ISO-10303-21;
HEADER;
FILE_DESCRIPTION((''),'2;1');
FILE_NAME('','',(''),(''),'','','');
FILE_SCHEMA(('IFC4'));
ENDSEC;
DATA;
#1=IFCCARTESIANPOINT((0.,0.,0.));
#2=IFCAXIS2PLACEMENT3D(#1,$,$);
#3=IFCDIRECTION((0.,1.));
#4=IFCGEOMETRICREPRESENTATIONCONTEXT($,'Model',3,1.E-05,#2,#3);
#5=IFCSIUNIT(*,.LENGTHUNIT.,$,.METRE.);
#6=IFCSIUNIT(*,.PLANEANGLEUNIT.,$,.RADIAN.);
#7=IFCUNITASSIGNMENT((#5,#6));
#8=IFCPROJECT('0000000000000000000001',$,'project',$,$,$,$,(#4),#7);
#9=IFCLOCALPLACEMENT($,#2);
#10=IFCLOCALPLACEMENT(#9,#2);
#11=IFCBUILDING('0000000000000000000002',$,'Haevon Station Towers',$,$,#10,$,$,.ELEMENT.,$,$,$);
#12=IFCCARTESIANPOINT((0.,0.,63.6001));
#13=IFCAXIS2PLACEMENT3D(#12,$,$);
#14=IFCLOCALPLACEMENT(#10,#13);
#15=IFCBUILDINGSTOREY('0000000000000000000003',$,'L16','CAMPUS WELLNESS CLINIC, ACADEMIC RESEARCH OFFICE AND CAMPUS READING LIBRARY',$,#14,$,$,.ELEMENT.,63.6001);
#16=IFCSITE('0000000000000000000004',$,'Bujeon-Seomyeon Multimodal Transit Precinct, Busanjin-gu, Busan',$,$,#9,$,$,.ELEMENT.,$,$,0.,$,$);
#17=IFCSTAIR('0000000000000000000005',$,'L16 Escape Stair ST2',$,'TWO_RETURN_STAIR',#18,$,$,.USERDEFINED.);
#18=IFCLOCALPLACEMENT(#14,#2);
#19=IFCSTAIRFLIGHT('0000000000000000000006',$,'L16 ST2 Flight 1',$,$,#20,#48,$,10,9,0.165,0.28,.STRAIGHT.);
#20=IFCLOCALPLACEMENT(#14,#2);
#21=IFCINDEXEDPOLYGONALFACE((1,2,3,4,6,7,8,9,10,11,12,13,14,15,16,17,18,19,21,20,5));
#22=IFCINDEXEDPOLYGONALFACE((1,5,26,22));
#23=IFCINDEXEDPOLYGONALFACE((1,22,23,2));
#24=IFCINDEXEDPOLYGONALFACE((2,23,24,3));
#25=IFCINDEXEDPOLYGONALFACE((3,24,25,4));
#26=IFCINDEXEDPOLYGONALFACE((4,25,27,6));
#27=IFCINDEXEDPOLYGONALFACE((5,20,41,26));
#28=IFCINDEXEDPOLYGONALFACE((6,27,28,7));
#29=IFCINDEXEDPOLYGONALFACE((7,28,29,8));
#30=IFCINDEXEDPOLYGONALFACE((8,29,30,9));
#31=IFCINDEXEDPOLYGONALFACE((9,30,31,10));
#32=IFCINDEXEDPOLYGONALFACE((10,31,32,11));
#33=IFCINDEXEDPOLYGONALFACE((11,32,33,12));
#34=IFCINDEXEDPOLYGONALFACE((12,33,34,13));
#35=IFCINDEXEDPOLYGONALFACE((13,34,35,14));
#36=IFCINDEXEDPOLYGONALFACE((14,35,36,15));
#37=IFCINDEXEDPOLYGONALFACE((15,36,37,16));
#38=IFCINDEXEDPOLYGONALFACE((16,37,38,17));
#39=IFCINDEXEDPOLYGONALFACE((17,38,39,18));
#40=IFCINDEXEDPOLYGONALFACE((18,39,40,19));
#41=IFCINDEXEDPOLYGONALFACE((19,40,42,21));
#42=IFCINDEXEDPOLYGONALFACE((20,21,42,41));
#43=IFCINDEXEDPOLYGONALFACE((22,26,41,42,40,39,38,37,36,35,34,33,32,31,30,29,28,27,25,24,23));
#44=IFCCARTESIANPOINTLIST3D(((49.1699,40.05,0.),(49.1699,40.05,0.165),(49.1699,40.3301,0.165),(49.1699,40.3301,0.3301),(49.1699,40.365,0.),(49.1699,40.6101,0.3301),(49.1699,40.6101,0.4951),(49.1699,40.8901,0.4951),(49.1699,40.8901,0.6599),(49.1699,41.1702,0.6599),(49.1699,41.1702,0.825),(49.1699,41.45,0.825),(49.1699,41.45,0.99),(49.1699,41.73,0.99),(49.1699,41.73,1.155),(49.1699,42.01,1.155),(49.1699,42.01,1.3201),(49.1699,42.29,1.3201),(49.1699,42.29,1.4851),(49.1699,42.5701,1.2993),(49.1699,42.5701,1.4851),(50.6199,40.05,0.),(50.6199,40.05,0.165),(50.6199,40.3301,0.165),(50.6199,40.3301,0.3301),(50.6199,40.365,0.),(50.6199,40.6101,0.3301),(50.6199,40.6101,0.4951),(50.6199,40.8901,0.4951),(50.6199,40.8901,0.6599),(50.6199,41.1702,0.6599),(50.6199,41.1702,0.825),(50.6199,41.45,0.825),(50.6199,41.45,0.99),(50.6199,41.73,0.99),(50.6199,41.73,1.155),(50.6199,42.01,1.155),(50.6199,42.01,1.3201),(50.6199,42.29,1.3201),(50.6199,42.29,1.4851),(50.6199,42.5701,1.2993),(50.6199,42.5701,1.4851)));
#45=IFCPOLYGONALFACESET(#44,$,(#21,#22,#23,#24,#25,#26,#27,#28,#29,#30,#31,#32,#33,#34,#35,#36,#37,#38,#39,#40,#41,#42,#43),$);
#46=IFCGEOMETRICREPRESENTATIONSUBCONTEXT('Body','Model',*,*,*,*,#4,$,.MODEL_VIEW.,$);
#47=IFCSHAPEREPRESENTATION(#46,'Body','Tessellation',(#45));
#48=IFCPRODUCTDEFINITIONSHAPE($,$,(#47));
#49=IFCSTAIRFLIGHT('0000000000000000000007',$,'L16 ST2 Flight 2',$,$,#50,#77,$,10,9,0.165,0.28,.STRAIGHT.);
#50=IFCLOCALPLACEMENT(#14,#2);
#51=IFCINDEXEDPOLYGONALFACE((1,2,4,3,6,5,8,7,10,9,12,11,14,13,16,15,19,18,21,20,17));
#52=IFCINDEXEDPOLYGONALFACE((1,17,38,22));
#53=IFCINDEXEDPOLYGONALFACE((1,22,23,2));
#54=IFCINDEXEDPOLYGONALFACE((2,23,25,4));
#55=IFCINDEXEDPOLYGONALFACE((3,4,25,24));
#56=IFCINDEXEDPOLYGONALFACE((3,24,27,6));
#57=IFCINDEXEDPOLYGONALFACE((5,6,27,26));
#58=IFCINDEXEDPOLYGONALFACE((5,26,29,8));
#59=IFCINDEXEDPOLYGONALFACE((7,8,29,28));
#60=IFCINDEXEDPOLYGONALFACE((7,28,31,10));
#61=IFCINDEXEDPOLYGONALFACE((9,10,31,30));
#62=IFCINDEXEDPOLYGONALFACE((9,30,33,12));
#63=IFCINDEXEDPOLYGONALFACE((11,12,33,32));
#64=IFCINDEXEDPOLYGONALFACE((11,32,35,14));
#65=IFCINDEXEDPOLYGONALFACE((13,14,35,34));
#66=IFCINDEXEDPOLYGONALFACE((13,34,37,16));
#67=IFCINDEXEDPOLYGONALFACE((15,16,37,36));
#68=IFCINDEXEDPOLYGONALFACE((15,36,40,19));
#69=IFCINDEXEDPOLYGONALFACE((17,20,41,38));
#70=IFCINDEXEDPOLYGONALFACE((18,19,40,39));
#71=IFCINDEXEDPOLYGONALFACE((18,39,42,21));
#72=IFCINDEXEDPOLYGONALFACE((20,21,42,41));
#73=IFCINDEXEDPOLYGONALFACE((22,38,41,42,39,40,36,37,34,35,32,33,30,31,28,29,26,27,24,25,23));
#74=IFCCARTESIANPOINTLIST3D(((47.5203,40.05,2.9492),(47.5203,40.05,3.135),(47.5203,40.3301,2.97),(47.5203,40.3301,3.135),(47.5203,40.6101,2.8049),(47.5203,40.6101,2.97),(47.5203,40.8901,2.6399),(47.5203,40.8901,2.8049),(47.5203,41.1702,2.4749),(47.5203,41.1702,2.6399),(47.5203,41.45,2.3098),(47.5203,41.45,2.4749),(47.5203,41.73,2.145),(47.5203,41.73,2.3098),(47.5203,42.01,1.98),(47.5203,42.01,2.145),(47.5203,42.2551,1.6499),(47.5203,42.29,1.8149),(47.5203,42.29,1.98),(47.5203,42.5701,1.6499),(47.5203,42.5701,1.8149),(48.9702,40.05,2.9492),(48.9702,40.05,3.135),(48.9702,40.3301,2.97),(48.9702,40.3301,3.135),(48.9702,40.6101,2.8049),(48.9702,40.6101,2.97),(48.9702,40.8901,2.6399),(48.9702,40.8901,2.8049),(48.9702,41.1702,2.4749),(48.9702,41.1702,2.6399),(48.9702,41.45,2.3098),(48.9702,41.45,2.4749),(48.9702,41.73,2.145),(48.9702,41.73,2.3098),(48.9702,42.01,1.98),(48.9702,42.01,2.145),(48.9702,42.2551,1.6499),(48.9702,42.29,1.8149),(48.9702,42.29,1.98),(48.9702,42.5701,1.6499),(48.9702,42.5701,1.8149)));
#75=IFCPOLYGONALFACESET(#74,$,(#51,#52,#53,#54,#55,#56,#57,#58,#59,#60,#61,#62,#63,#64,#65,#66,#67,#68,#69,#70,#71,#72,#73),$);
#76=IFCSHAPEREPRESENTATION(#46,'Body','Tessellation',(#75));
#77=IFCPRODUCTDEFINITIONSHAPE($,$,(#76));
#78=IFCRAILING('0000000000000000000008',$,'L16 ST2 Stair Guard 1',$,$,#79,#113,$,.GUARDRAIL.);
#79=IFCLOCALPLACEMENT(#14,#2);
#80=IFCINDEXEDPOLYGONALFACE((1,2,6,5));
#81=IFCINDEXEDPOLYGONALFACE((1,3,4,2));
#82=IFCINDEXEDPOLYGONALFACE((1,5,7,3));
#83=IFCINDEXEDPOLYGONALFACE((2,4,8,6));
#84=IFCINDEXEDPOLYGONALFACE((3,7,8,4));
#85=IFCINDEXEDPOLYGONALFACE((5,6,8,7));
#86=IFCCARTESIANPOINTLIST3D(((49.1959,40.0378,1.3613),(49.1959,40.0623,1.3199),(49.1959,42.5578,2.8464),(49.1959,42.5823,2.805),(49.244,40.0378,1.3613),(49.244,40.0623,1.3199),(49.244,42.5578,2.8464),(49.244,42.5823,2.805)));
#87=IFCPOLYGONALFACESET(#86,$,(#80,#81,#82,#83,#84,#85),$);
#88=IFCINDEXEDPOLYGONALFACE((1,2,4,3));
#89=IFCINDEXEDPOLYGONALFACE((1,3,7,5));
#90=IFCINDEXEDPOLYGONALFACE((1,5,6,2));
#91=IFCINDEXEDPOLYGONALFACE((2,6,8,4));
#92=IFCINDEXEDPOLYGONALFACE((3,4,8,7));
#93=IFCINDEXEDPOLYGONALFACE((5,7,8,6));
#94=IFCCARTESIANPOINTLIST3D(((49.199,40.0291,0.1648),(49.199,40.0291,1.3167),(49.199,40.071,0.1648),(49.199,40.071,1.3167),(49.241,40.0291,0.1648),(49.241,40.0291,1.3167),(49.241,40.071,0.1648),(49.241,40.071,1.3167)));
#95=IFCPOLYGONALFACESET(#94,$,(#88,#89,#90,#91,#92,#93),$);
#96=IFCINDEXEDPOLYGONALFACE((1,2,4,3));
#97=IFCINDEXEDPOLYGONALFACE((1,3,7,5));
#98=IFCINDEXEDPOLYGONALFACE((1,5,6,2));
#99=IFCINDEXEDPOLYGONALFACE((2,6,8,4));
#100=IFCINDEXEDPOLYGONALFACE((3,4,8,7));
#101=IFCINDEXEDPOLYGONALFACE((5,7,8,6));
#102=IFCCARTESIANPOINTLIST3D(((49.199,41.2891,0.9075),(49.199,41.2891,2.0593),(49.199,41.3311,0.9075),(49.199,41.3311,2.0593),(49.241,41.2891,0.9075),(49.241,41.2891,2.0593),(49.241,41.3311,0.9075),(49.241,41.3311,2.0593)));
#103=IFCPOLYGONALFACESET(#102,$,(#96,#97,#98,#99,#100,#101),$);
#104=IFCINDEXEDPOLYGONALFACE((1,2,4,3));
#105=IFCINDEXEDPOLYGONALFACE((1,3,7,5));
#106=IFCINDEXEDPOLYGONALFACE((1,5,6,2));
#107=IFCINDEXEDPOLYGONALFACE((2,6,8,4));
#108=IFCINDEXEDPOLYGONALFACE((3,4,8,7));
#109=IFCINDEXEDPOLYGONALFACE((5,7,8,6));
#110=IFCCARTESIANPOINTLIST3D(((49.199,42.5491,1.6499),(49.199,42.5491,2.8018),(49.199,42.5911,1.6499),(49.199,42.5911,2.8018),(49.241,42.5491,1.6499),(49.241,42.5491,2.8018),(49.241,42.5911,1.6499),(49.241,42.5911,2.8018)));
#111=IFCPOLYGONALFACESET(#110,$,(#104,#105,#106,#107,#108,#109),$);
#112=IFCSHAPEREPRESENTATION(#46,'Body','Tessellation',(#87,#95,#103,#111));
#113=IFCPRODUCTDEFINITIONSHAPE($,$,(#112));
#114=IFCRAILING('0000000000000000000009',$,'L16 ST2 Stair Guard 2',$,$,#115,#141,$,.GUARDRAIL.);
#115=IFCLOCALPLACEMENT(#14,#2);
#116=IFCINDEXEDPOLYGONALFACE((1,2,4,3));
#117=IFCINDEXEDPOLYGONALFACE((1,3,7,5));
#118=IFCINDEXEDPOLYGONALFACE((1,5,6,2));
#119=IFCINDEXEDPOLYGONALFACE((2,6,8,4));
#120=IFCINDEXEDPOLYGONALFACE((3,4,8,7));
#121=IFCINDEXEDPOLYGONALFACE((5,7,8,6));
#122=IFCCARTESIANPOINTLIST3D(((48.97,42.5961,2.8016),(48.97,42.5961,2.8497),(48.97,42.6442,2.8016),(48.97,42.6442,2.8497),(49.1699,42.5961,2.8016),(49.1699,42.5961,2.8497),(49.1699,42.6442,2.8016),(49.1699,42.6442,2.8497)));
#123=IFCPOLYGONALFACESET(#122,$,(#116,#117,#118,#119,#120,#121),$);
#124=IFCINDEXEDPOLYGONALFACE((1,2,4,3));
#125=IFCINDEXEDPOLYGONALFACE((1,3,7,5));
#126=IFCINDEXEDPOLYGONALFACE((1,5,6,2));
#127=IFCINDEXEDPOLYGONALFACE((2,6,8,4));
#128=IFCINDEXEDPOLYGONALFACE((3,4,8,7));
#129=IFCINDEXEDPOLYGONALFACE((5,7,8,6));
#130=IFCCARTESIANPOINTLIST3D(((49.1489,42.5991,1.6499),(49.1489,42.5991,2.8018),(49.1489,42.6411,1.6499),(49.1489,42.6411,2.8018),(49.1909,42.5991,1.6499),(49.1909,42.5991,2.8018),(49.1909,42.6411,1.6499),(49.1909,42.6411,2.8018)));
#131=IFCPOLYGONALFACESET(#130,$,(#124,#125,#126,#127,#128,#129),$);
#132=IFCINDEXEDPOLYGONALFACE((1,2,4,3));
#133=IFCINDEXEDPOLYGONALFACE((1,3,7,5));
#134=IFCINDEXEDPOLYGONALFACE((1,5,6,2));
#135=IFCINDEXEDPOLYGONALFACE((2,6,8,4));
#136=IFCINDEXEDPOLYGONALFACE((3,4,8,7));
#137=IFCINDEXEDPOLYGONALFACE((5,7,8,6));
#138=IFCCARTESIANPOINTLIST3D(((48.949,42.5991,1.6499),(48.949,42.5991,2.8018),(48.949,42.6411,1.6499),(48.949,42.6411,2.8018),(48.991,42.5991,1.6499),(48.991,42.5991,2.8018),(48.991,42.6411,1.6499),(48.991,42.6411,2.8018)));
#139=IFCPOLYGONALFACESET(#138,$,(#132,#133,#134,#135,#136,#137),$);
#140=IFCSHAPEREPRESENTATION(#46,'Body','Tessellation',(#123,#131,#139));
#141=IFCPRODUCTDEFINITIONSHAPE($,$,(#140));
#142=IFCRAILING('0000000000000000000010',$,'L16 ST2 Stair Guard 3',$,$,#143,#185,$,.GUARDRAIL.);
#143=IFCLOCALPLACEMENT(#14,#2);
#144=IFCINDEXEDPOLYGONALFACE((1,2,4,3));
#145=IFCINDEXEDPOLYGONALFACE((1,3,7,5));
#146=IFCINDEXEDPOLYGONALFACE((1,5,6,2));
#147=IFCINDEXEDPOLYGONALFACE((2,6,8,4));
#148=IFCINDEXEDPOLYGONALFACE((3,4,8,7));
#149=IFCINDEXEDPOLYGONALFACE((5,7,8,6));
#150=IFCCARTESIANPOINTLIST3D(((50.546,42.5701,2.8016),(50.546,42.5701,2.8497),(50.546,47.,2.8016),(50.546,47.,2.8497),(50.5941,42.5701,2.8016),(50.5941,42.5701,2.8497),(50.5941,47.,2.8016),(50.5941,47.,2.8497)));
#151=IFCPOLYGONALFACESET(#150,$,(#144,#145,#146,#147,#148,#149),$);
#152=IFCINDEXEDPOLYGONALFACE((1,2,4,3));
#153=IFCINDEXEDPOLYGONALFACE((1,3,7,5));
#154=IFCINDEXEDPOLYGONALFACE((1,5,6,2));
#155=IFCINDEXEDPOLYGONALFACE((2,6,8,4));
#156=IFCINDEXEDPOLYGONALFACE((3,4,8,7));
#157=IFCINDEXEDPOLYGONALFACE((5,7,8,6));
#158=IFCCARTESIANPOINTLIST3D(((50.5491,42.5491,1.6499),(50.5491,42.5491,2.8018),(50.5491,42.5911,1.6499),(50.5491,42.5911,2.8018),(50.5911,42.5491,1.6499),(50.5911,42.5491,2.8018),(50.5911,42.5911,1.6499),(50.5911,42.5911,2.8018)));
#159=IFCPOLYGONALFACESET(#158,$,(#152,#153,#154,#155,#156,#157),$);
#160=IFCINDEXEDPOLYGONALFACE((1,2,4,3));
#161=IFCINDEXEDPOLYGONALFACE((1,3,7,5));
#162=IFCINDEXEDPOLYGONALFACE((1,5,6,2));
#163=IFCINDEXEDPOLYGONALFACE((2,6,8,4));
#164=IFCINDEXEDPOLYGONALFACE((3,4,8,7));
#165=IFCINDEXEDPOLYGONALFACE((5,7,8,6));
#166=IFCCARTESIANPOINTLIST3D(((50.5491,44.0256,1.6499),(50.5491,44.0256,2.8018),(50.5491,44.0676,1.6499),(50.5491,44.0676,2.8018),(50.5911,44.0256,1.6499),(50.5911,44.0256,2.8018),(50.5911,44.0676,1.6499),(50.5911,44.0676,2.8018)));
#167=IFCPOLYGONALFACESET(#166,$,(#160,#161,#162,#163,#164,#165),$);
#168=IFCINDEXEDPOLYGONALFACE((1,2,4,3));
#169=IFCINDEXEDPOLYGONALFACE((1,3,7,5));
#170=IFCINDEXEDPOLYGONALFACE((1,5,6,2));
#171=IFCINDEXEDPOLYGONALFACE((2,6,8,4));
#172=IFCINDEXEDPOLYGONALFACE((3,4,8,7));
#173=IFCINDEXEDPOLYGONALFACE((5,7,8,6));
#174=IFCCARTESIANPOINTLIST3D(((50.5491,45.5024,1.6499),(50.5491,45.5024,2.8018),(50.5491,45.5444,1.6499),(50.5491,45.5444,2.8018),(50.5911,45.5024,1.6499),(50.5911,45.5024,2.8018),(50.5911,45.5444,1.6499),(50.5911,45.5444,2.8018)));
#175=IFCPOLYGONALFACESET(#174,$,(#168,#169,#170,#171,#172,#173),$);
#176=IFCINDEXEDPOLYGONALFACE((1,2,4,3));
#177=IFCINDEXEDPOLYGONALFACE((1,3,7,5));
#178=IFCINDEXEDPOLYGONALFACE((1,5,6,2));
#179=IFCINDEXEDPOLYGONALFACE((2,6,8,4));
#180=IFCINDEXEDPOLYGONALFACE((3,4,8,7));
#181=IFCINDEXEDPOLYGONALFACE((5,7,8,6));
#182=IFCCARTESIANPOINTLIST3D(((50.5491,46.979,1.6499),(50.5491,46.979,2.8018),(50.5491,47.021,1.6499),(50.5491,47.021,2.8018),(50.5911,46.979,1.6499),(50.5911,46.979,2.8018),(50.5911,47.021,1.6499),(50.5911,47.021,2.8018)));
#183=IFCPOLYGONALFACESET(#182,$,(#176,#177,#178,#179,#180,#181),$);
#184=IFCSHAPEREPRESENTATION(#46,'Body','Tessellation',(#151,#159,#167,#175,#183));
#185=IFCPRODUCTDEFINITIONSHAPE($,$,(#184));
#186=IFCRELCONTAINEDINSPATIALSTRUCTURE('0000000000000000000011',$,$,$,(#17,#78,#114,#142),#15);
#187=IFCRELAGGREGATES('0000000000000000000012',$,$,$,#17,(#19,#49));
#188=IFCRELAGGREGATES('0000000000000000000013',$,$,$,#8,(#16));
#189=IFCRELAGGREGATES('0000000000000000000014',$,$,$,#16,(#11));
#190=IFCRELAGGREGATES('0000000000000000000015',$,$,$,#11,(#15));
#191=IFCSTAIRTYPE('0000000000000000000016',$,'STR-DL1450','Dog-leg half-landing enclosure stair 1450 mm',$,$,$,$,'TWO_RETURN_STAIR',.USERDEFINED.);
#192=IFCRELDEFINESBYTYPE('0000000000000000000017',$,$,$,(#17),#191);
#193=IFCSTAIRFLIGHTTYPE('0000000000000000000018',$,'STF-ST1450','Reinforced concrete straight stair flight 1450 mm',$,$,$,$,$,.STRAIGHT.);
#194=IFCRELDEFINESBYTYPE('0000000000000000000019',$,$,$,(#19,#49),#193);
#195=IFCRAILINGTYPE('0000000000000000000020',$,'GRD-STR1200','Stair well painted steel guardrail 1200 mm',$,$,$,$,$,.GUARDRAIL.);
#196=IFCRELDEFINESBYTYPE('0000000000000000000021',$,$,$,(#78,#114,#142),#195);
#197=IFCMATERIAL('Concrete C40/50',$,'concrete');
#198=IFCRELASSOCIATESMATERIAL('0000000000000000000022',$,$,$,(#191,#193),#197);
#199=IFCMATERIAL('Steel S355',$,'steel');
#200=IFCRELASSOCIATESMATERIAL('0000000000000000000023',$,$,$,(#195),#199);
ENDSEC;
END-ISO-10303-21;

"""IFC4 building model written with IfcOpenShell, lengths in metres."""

from ifc_helpers import new_model, si_unit, direction, frame, origin, origin_2d, place, context, subcontext, project, spatial, polyline, rectangle, outline, extrude, material, type_object, element, aggregate, save


model = new_model("IFC4")

# Units and contexts
model_context = context("Model", 3, precision=1e-05, world=origin(), true_north=direction((0.0, 1.0)))
body_context = subcontext(model_context, "Body", "Model", "MODEL_VIEW")
ifc_project = project(units=[si_unit("LENGTHUNIT", "METRE"), si_unit("PLANEANGLEUNIT", "RADIAN")], contexts=[model_context])

# Site, building, storey
site_placement = place(None, origin())
site = spatial("IfcSite", under=ifc_project, at=site_placement, Name="Bujeon-Seomyeon Multimodal Transit Precinct, Busanjin-gu, Busan", CompositionType="ELEMENT", RefElevation=0.0)
building_placement = place(site_placement, origin())
building = spatial("IfcBuilding", under=site, at=building_placement, Name="Haevon Station Towers", CompositionType="ELEMENT")
storey_placement = place(building_placement, frame((0.0, 0.0, 63.6001)))
storey = spatial("IfcBuildingStorey", under=building, at=storey_placement, Name="L16", Description="CAMPUS WELLNESS CLINIC, ACADEMIC RESEARCH OFFICE AND CAMPUS READING LIBRARY", CompositionType="ELEMENT", Elevation=63.6001)

# Shared definitions
ifc_material_1 = material(Name="Steel S355", Category="steel")

# Shared definitions
ifc_material_2 = material(Name="Concrete C40/50", Category="concrete")

# Stair, stair flights
stair_type = type_object("IfcStairType", Name="STR-DL1450", Description="Dog-leg half-landing enclosure stair 1450 mm", ElementType="TWO_RETURN_STAIR", PredefinedType="USERDEFINED", material=ifc_material_2)
stair_placement = place(storey_placement, origin())
stair = element("IfcStair", 1, at=stair_placement, inside=storey, type_object=stair_type, Name="L16 Escape Stair ST2", ObjectType="TWO_RETURN_STAIR", PredefinedType="USERDEFINED")
stair_flight_type = type_object("IfcStairFlightType", Name="STF-ST1450", Description="Reinforced concrete straight stair flight 1450 mm", PredefinedType="STRAIGHT", material=ifc_material_2)
stair_flight_1_placement = place(storey_placement, frame((49.895, 40.05, 0.0), z_axis=(0.0, 0.0, 1.0), x_axis=(0.0, 1.0, 0.0)))
stair_flight_1 = element("IfcStairFlight", 2, at=stair_flight_1_placement, type_object=stair_flight_type, Name="L16 ST2 Flight 1", NumberOfRisers=10, NumberOfTreads=9, PredefinedType="STRAIGHT", RiserHeight=0.165, TreadLength=0.28, context=body_context, shape_type="SweptSolid", body=[
    extrude(outline(polyline([(0.0, 0.0), (0.0, 0.165), (0.28, 0.165), (0.28, 0.3301), (0.5601, 0.3301), (0.5601, 0.4951), (0.8401, 0.4951), (0.8401, 0.6599), (1.1201, 0.6599), (1.1201, 0.825), (1.3999, 0.825), (1.3999, 0.99), (1.6799, 0.99), (1.6799, 1.155), (1.96, 1.155), (1.96, 1.3201), (2.24, 1.3201), (2.24, 1.4851), (2.52, 1.4851), (2.52, 1.6499), (2.52, 1.2993), (0.3149, 0.0), (0.0, 0.0)])), frame((0.0, 0.7251, 0.0), z_axis=(0.0, -1.0, 0.0), x_axis=(1.0, 0.0, 0.0)), (0.0, 0.0, 1.0), 1.45),
])
stair_flight_2_placement = place(storey_placement, frame((48.2451, 42.5701, 1.6499), z_axis=(0.0, 0.0, 1.0), x_axis=(0.0, -1.0, 0.0)))
stair_flight_2 = element("IfcStairFlight", 3, at=stair_flight_2_placement, type_object=stair_flight_type, Name="L16 ST2 Flight 2", NumberOfRisers=10, NumberOfTreads=9, PredefinedType="STRAIGHT", RiserHeight=0.165, TreadLength=0.28, context=body_context, shape_type="SweptSolid", body=[
    extrude(outline(polyline([(0.0, 0.0), (0.0, 0.165), (0.28, 0.165), (0.28, 0.3301), (0.5601, 0.3301), (0.5601, 0.4951), (0.8401, 0.4951), (0.8401, 0.6599), (1.1201, 0.6599), (1.1201, 0.825), (1.3999, 0.825), (1.3999, 0.99), (1.6799, 0.99), (1.6799, 1.155), (1.96, 1.155), (1.96, 1.3201), (2.24, 1.3201), (2.24, 1.4851), (2.52, 1.4851), (2.52, 1.6499), (2.52, 1.2993), (0.3149, 0.0), (0.0, 0.0)])), frame((0.0, 0.7251, 0.0), z_axis=(0.0, -1.0, 0.0), x_axis=(1.0, 0.0, 0.0)), (0.0, 0.0, 1.0), 1.45),
])
aggregate(stair, [stair_flight_1, stair_flight_2])

# Railings
railing_type_1 = type_object("IfcRailingType", Name="GRD-STR1200", Description="Stair well painted steel guardrail 1200 mm", PredefinedType="GUARDRAIL", material=ifc_material_1)
railing_1_placement = place(storey_placement, frame((49.22, 40.05, 0.1648)))
element("IfcRailing", 4, at=railing_1_placement, inside=storey, type_object=railing_type_1, Name="L16 ST2 Stair Guard 1", PredefinedType="GUARDRAIL", context=body_context, shape_type="SweptSolid", body=[
    extrude(rectangle(XDim=0.0481, YDim=0.0481, at=origin_2d()), frame((0.0, 0.0, 1.1758), z_axis=(0.0, 0.861524, 0.507717), x_axis=(-1.0, 0.0, 0.0)), (0.0, 0.0, 1.0), 2.925),
    extrude(rectangle(XDim=0.042, YDim=0.042, at=origin_2d()), origin(), (0.0, 0.0, 1.0), 1.1519),
    extrude(rectangle(XDim=0.042, YDim=0.042, at=origin_2d()), frame((0.0, 1.26, 0.7427)), (0.0, 0.0, 1.0), 1.1519),
    extrude(rectangle(XDim=0.042, YDim=0.042, at=origin_2d()), frame((0.0, 2.52, 1.4851)), (0.0, 0.0, 1.0), 1.1519),
])
railing_2_placement = place(storey_placement, frame((49.1699, 42.6201, 1.6499)))
element("IfcRailing", 5, at=railing_2_placement, inside=storey, type_object=railing_type_1, Name="L16 ST2 Stair Guard 2", PredefinedType="GUARDRAIL", context=body_context, shape_type="SweptSolid", body=[
    extrude(rectangle(XDim=0.0481, YDim=0.0481, at=origin_2d()), frame((0.0, 0.0, 1.1758), z_axis=(-1.0, 0.0, 0.0), x_axis=(0.0, -1.0, 0.0)), (0.0, 0.0, 1.0), 0.2),
    extrude(rectangle(XDim=0.042, YDim=0.042, at=origin_2d()), origin(), (0.0, 0.0, 1.0), 1.1519),
    extrude(rectangle(XDim=0.042, YDim=0.042, at=origin_2d()), frame((-0.2, 0.0, 0.0)), (0.0, 0.0, 1.0), 1.1519),
])
for number, where, name in (
    (6, (50.5701, 42.5701, 1.6499), "L16 ST2 Stair Guard 3"),
):
    element("IfcRailing", number, at=place(storey_placement, frame(where)), inside=storey, type_object=railing_type_1, Name=name, PredefinedType="GUARDRAIL", context=body_context, shape_type="SweptSolid", body=[
        extrude(rectangle(XDim=0.0481, YDim=0.0481, at=origin_2d()), frame((0.0, 0.0, 1.1758), z_axis=(0.0, 1.0, 0.0), x_axis=(-1.0, 0.0, 0.0)), (0.0, 0.0, 1.0), 4.4299),
        extrude(rectangle(XDim=0.042, YDim=0.042, at=origin_2d()), origin(), (0.0, 0.0, 1.0), 1.1519),
        extrude(rectangle(XDim=0.042, YDim=0.042, at=origin_2d()), frame((0.0, 1.4766, 0.0)), (0.0, 0.0, 1.0), 1.1519),
        extrude(rectangle(XDim=0.042, YDim=0.042, at=origin_2d()), frame((0.0, 2.9534, 0.0)), (0.0, 0.0, 1.0), 1.1519),
        extrude(rectangle(XDim=0.042, YDim=0.042, at=origin_2d()), frame((0.0, 4.4299, 0.0)), (0.0, 0.0, 1.0), 1.1519),
    ])

save(model, "model.ifc")
